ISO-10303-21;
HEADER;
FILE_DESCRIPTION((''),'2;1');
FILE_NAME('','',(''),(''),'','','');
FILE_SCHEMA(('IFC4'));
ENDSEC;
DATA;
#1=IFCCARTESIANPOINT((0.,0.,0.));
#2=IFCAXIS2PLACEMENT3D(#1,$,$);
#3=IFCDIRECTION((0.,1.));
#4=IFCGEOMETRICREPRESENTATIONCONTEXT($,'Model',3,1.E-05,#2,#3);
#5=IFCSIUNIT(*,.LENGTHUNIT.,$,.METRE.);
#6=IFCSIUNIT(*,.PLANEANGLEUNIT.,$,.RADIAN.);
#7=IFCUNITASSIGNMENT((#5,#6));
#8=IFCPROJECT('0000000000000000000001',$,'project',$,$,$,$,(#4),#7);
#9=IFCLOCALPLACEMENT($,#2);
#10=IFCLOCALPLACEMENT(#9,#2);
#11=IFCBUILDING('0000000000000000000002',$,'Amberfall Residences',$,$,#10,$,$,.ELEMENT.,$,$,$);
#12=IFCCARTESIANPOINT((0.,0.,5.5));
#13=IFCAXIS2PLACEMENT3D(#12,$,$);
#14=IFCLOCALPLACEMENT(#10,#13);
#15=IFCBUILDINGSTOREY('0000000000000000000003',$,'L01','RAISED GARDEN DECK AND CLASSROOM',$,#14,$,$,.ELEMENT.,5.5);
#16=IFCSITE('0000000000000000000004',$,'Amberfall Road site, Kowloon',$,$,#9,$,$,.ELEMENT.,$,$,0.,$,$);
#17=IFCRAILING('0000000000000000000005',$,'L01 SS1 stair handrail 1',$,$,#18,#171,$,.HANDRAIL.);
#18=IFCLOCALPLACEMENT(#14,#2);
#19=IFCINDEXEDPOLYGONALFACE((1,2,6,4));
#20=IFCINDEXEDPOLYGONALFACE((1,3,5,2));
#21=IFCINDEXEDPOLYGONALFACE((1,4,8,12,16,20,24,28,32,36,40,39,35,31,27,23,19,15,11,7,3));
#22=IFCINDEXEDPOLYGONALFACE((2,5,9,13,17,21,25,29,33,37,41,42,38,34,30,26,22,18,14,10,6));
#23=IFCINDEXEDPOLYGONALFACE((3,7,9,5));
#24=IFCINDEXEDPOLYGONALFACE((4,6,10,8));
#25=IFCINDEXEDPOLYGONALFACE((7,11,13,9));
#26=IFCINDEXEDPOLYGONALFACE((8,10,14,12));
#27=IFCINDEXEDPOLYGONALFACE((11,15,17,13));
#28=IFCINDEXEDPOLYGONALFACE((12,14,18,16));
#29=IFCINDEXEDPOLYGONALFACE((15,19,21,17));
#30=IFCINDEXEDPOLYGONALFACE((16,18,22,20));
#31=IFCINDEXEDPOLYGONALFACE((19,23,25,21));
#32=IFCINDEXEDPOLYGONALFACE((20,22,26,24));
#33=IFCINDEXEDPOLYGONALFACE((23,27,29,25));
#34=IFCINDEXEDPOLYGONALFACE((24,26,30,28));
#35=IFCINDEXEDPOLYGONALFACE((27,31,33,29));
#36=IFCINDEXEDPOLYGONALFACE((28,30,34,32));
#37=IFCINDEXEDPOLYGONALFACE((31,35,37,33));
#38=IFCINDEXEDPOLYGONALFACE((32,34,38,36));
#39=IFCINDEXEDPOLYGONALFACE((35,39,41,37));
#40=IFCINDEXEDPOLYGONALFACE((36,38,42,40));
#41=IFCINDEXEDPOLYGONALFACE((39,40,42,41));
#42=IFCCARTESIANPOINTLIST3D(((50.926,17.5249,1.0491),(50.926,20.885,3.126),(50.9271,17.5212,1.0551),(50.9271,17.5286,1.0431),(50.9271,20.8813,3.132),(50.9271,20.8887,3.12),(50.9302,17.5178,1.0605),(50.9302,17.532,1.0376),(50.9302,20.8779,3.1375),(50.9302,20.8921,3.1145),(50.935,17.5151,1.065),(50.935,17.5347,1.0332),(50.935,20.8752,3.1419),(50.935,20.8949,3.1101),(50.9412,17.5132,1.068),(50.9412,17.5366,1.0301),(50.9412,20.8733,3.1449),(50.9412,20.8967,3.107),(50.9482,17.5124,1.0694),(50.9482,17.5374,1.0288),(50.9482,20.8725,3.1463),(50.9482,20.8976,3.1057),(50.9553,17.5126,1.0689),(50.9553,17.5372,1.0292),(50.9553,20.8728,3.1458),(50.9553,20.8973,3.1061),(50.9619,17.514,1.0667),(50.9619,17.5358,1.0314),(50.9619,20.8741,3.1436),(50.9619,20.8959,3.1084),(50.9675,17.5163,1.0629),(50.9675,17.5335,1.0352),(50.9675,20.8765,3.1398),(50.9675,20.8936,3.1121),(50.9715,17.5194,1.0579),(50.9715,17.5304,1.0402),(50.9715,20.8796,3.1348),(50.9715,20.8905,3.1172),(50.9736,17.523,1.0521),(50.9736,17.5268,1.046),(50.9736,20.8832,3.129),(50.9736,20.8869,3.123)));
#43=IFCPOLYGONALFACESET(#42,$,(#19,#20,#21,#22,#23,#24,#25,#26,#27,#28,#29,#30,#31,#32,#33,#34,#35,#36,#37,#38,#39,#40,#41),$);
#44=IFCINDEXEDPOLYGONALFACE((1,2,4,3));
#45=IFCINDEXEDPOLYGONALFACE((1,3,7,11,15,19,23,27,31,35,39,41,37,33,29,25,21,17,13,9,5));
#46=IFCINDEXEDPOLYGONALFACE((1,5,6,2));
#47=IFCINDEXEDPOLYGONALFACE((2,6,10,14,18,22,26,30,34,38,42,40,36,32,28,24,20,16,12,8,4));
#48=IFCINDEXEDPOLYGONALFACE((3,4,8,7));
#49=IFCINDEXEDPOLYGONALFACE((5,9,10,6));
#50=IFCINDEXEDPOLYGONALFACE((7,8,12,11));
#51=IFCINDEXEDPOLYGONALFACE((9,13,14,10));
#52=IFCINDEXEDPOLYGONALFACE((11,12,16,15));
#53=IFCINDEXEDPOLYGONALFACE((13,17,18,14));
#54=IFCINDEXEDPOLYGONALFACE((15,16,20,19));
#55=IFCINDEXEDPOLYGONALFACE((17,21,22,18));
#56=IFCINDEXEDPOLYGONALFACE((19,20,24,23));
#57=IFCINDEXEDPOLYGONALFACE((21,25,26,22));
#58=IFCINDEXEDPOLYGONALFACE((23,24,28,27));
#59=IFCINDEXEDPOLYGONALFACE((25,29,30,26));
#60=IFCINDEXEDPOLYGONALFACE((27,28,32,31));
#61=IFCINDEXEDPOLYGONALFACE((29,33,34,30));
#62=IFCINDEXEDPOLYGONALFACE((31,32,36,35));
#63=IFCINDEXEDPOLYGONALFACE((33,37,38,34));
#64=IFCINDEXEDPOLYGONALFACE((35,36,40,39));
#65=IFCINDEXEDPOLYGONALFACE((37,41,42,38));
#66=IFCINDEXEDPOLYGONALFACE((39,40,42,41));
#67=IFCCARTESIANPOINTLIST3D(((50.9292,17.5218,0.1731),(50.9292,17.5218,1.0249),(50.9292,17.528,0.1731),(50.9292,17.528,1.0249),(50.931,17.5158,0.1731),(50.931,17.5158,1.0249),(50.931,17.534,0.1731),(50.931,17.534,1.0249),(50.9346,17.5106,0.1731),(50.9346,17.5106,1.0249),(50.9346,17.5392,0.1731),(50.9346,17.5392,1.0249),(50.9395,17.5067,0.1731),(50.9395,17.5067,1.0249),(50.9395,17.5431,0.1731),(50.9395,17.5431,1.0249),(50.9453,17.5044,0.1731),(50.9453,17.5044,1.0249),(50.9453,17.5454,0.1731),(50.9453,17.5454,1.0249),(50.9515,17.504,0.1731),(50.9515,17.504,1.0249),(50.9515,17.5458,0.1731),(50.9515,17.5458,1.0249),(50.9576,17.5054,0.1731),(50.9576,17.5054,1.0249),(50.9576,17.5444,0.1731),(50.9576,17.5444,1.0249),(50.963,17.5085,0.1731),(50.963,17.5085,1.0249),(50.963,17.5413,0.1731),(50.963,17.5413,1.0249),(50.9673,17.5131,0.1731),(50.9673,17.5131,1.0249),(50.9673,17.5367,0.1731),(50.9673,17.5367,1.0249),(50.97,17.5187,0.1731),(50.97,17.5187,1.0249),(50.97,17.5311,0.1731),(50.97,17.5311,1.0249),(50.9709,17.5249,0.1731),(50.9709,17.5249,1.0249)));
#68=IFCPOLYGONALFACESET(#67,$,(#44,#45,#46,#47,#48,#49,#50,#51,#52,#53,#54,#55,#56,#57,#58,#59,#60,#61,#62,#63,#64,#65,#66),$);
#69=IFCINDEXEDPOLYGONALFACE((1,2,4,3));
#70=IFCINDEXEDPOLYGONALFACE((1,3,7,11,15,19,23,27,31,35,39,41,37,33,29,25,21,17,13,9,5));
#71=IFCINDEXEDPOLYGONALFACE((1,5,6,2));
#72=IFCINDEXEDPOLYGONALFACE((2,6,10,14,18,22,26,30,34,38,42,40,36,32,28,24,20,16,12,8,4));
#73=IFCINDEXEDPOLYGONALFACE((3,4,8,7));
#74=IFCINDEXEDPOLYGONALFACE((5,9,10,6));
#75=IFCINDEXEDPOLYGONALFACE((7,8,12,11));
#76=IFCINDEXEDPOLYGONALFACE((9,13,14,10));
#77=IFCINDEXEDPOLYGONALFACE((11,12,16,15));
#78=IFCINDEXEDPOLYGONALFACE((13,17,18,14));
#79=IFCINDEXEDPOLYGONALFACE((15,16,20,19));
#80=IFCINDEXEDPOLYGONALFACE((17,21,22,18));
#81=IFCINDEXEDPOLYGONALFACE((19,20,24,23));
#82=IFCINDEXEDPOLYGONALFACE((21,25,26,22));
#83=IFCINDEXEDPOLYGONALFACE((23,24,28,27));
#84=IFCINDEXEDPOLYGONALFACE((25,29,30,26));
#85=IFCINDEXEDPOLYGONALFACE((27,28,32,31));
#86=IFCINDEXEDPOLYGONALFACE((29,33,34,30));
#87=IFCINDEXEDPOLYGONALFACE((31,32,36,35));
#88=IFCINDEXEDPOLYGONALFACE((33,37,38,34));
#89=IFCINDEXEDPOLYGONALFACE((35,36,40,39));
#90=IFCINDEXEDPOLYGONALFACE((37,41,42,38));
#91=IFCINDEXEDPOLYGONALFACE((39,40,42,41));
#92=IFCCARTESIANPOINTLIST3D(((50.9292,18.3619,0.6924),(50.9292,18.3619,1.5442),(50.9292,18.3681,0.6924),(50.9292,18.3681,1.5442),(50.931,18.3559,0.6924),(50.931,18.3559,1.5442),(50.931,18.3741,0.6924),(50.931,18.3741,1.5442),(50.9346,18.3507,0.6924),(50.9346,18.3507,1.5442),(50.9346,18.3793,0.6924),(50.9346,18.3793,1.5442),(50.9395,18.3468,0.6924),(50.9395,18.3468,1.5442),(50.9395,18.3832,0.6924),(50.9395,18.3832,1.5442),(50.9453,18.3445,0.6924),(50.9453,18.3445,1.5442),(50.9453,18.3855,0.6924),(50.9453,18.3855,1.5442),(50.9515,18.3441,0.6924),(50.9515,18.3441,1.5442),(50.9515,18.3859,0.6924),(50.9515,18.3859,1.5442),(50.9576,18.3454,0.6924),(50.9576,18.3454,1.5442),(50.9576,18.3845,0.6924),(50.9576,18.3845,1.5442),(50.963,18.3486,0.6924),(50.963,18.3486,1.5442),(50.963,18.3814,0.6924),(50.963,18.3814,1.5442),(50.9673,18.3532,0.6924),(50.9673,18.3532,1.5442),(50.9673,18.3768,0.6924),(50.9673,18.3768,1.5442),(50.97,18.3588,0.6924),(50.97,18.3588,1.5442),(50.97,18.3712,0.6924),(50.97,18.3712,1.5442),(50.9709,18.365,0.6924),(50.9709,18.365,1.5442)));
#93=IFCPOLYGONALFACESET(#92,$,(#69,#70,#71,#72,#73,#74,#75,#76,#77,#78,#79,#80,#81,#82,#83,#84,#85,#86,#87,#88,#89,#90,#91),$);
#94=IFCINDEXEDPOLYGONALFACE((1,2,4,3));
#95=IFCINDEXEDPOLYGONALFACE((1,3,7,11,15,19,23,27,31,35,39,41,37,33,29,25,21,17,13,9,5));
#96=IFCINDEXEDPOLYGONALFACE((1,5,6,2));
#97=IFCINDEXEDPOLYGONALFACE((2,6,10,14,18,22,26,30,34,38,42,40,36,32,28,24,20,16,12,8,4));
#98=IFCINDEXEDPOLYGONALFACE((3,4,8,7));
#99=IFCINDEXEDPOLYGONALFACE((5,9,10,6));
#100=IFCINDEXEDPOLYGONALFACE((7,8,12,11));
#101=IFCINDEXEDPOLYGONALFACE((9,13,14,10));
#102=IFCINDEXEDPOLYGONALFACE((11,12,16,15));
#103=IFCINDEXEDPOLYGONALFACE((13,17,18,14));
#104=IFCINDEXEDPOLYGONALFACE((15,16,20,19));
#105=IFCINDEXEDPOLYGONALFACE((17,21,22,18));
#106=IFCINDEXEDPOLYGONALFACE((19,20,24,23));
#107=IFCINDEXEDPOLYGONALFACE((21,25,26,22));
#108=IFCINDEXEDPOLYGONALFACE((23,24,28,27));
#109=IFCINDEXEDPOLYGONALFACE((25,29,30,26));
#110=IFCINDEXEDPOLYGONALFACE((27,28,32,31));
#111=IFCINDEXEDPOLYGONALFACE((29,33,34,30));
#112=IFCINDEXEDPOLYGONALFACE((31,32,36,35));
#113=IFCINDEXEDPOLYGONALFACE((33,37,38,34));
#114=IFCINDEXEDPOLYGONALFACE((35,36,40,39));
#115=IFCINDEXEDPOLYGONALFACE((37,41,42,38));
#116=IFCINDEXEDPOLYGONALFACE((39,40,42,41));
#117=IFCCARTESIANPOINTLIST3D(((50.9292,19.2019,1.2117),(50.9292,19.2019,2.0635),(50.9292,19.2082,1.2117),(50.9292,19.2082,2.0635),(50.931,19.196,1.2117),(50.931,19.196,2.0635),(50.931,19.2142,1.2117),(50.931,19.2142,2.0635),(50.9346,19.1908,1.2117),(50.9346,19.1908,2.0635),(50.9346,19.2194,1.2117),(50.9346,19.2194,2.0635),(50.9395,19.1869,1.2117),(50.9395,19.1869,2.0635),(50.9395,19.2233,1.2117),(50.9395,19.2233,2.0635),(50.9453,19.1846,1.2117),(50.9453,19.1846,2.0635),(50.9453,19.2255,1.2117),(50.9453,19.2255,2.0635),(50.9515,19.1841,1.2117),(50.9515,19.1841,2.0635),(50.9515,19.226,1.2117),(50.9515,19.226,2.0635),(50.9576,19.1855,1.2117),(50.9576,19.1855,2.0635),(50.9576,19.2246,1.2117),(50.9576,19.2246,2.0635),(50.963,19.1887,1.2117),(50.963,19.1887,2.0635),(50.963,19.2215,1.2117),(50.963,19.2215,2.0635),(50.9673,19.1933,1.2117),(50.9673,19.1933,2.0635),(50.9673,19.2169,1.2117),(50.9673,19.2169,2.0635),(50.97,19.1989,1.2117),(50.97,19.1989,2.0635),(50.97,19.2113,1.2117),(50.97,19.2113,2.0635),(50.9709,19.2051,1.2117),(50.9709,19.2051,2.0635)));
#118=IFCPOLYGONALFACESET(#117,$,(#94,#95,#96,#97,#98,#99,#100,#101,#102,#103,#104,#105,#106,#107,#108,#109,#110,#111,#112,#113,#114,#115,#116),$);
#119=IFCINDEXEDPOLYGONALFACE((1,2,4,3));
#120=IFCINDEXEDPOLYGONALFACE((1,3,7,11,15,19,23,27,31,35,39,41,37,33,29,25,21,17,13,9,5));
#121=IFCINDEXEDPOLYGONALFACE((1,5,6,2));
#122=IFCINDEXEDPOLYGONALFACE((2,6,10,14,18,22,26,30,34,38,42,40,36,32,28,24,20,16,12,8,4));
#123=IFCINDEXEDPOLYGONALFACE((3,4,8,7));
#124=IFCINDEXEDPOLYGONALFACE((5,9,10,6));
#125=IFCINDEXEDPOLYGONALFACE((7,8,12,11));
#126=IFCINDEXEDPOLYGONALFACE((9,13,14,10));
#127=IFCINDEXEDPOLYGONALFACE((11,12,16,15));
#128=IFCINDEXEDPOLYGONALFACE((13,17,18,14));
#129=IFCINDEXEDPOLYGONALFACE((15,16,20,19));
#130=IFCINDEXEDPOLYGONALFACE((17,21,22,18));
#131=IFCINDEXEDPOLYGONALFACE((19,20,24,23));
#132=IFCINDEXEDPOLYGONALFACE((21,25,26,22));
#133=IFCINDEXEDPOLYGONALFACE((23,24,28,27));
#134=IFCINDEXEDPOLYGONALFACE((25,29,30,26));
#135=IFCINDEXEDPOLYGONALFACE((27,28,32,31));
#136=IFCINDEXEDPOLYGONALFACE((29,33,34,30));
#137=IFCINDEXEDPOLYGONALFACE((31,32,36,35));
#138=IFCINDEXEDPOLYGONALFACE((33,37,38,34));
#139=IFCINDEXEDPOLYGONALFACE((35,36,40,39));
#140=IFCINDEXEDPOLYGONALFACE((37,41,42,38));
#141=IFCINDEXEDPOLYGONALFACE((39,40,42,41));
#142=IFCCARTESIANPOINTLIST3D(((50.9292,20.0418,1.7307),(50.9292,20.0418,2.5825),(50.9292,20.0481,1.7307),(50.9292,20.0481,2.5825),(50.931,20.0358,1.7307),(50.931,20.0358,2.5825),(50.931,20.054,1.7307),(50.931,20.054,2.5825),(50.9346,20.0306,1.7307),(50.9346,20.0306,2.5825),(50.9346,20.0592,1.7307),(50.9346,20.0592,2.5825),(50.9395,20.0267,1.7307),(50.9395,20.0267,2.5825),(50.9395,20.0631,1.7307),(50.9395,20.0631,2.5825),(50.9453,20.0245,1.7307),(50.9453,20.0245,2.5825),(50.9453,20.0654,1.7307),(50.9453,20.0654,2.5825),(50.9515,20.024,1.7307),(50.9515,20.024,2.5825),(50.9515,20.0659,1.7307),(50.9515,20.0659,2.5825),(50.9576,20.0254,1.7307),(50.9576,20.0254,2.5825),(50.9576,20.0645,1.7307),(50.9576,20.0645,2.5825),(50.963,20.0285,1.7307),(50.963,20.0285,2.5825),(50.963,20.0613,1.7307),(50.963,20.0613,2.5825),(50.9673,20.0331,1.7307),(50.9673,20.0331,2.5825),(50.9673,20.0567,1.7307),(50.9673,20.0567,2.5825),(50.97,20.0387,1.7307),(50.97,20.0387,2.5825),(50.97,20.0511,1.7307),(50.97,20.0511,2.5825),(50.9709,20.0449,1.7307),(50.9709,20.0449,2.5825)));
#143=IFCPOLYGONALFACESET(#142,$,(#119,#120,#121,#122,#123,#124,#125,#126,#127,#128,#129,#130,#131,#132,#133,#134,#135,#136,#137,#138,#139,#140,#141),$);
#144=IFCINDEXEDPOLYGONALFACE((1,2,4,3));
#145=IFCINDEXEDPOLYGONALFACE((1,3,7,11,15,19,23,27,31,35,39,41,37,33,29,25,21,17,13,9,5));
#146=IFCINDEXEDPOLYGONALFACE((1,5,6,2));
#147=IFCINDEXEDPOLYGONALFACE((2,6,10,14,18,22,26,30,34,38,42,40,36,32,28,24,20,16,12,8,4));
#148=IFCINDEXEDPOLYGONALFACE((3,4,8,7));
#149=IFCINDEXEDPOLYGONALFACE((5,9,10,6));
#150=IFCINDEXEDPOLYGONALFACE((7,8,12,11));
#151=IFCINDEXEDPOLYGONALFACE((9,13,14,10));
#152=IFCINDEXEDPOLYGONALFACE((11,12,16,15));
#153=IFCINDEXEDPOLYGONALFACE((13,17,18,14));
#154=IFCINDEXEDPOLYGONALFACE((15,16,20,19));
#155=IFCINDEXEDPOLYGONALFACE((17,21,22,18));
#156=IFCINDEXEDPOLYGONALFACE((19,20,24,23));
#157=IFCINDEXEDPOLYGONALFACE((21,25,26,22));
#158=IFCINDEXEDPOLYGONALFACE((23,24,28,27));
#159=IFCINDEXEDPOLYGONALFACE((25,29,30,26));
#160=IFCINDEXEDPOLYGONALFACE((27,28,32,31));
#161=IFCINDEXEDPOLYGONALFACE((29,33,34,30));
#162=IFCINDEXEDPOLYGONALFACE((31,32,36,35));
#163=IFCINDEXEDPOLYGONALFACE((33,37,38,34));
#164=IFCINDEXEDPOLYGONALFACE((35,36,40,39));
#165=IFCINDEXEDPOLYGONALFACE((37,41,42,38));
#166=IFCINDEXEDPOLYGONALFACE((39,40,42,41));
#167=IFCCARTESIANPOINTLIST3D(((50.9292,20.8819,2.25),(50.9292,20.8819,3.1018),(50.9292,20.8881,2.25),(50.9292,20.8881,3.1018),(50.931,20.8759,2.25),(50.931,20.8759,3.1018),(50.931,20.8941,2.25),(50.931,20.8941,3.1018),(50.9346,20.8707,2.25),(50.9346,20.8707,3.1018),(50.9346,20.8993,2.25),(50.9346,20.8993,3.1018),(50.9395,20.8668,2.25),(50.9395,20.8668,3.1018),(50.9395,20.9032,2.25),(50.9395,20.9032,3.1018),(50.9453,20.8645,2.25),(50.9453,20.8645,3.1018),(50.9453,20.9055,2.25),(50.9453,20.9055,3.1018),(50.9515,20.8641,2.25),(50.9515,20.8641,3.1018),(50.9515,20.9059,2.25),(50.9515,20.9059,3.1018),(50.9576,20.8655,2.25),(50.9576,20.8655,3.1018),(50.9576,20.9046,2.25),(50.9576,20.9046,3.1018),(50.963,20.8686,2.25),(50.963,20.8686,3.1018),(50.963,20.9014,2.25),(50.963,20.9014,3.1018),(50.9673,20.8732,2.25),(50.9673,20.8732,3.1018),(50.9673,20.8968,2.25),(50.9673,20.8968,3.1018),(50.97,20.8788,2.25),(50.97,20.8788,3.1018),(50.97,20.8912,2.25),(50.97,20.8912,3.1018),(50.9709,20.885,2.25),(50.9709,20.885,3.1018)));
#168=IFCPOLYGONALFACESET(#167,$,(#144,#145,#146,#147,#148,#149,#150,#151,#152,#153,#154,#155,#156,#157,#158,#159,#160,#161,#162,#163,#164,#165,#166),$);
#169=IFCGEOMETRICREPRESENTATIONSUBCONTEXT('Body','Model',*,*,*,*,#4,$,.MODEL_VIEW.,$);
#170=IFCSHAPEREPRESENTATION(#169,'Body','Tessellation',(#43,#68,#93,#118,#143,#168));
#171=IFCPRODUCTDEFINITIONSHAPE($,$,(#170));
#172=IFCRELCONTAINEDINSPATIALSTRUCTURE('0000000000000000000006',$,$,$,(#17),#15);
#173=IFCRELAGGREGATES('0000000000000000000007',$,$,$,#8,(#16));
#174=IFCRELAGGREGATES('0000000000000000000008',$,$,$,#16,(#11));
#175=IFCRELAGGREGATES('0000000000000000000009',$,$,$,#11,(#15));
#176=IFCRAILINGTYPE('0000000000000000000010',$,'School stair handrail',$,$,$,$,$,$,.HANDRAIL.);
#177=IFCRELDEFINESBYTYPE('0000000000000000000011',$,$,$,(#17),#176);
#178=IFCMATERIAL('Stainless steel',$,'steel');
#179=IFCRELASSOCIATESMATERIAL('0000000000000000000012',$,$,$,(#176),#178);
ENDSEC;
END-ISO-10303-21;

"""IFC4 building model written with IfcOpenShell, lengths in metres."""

from ifc_helpers import new_model, si_unit, direction, frame, origin, origin_2d, place, context, subcontext, project, spatial, circle, extrude, material, type_object, element, save


model = new_model("IFC4")

# Units and contexts
model_context = context("Model", 3, precision=1e-05, world=origin(), true_north=direction((0.0, 1.0)))
body_context = subcontext(model_context, "Body", "Model", "MODEL_VIEW")
ifc_project = project(units=[si_unit("LENGTHUNIT", "METRE"), si_unit("PLANEANGLEUNIT", "RADIAN")], contexts=[model_context])

# Site, building, storey
site_placement = place(None, origin())
site = spatial("IfcSite", under=ifc_project, at=site_placement, Name="Amberfall Road site, Kowloon", CompositionType="ELEMENT", RefElevation=0.0)
building_placement = place(site_placement, origin())
building = spatial("IfcBuilding", under=site, at=building_placement, Name="Amberfall Residences", CompositionType="ELEMENT")
storey_placement = place(building_placement, frame((0.0, 0.0, 5.5)))
storey = spatial("IfcBuildingStorey", under=building, at=storey_placement, Name="L01", Description="RAISED GARDEN DECK AND CLASSROOM", CompositionType="ELEMENT", Elevation=5.5)

# Railing
ifc_material_1 = material(Name="Stainless steel", Category="steel")
railing_type_1 = type_object("IfcRailingType", Name="School stair handrail", PredefinedType="HANDRAIL", material=ifc_material_1)
railing_1_placement = place(storey_placement, frame((50.95, 17.5249, 0.1731)))
element("IfcRailing", 1, at=railing_1_placement, inside=storey, type_object=railing_type_1, Name="L01 SS1 stair handrail 1", PredefinedType="HANDRAIL", context=body_context, shape_type="SweptSolid", body=[
    extrude(circle(Radius=0.0239, at=origin_2d()), frame((0.0, 0.0, 0.876), z_axis=(0.0, 0.850623, 0.525776), x_axis=(-1.0, 0.0, 0.0)), (0.0, 0.0, 1.0), 3.9502),
    extrude(circle(Radius=0.021, at=origin_2d()), origin(), (0.0, 0.0, 1.0), 0.8518),
    extrude(circle(Radius=0.021, at=origin_2d()), frame((0.0, 0.8401, 0.5193)), (0.0, 0.0, 1.0), 0.8518),
    extrude(circle(Radius=0.021, at=origin_2d()), frame((0.0, 1.6802, 1.0386)), (0.0, 0.0, 1.0), 0.8518),
    extrude(circle(Radius=0.021, at=origin_2d()), frame((0.0, 2.52, 1.5576)), (0.0, 0.0, 1.0), 0.8518),
    extrude(circle(Radius=0.021, at=origin_2d()), frame((0.0, 3.3601, 2.0769)), (0.0, 0.0, 1.0), 0.8518),
])

save(model, "model.ifc")
